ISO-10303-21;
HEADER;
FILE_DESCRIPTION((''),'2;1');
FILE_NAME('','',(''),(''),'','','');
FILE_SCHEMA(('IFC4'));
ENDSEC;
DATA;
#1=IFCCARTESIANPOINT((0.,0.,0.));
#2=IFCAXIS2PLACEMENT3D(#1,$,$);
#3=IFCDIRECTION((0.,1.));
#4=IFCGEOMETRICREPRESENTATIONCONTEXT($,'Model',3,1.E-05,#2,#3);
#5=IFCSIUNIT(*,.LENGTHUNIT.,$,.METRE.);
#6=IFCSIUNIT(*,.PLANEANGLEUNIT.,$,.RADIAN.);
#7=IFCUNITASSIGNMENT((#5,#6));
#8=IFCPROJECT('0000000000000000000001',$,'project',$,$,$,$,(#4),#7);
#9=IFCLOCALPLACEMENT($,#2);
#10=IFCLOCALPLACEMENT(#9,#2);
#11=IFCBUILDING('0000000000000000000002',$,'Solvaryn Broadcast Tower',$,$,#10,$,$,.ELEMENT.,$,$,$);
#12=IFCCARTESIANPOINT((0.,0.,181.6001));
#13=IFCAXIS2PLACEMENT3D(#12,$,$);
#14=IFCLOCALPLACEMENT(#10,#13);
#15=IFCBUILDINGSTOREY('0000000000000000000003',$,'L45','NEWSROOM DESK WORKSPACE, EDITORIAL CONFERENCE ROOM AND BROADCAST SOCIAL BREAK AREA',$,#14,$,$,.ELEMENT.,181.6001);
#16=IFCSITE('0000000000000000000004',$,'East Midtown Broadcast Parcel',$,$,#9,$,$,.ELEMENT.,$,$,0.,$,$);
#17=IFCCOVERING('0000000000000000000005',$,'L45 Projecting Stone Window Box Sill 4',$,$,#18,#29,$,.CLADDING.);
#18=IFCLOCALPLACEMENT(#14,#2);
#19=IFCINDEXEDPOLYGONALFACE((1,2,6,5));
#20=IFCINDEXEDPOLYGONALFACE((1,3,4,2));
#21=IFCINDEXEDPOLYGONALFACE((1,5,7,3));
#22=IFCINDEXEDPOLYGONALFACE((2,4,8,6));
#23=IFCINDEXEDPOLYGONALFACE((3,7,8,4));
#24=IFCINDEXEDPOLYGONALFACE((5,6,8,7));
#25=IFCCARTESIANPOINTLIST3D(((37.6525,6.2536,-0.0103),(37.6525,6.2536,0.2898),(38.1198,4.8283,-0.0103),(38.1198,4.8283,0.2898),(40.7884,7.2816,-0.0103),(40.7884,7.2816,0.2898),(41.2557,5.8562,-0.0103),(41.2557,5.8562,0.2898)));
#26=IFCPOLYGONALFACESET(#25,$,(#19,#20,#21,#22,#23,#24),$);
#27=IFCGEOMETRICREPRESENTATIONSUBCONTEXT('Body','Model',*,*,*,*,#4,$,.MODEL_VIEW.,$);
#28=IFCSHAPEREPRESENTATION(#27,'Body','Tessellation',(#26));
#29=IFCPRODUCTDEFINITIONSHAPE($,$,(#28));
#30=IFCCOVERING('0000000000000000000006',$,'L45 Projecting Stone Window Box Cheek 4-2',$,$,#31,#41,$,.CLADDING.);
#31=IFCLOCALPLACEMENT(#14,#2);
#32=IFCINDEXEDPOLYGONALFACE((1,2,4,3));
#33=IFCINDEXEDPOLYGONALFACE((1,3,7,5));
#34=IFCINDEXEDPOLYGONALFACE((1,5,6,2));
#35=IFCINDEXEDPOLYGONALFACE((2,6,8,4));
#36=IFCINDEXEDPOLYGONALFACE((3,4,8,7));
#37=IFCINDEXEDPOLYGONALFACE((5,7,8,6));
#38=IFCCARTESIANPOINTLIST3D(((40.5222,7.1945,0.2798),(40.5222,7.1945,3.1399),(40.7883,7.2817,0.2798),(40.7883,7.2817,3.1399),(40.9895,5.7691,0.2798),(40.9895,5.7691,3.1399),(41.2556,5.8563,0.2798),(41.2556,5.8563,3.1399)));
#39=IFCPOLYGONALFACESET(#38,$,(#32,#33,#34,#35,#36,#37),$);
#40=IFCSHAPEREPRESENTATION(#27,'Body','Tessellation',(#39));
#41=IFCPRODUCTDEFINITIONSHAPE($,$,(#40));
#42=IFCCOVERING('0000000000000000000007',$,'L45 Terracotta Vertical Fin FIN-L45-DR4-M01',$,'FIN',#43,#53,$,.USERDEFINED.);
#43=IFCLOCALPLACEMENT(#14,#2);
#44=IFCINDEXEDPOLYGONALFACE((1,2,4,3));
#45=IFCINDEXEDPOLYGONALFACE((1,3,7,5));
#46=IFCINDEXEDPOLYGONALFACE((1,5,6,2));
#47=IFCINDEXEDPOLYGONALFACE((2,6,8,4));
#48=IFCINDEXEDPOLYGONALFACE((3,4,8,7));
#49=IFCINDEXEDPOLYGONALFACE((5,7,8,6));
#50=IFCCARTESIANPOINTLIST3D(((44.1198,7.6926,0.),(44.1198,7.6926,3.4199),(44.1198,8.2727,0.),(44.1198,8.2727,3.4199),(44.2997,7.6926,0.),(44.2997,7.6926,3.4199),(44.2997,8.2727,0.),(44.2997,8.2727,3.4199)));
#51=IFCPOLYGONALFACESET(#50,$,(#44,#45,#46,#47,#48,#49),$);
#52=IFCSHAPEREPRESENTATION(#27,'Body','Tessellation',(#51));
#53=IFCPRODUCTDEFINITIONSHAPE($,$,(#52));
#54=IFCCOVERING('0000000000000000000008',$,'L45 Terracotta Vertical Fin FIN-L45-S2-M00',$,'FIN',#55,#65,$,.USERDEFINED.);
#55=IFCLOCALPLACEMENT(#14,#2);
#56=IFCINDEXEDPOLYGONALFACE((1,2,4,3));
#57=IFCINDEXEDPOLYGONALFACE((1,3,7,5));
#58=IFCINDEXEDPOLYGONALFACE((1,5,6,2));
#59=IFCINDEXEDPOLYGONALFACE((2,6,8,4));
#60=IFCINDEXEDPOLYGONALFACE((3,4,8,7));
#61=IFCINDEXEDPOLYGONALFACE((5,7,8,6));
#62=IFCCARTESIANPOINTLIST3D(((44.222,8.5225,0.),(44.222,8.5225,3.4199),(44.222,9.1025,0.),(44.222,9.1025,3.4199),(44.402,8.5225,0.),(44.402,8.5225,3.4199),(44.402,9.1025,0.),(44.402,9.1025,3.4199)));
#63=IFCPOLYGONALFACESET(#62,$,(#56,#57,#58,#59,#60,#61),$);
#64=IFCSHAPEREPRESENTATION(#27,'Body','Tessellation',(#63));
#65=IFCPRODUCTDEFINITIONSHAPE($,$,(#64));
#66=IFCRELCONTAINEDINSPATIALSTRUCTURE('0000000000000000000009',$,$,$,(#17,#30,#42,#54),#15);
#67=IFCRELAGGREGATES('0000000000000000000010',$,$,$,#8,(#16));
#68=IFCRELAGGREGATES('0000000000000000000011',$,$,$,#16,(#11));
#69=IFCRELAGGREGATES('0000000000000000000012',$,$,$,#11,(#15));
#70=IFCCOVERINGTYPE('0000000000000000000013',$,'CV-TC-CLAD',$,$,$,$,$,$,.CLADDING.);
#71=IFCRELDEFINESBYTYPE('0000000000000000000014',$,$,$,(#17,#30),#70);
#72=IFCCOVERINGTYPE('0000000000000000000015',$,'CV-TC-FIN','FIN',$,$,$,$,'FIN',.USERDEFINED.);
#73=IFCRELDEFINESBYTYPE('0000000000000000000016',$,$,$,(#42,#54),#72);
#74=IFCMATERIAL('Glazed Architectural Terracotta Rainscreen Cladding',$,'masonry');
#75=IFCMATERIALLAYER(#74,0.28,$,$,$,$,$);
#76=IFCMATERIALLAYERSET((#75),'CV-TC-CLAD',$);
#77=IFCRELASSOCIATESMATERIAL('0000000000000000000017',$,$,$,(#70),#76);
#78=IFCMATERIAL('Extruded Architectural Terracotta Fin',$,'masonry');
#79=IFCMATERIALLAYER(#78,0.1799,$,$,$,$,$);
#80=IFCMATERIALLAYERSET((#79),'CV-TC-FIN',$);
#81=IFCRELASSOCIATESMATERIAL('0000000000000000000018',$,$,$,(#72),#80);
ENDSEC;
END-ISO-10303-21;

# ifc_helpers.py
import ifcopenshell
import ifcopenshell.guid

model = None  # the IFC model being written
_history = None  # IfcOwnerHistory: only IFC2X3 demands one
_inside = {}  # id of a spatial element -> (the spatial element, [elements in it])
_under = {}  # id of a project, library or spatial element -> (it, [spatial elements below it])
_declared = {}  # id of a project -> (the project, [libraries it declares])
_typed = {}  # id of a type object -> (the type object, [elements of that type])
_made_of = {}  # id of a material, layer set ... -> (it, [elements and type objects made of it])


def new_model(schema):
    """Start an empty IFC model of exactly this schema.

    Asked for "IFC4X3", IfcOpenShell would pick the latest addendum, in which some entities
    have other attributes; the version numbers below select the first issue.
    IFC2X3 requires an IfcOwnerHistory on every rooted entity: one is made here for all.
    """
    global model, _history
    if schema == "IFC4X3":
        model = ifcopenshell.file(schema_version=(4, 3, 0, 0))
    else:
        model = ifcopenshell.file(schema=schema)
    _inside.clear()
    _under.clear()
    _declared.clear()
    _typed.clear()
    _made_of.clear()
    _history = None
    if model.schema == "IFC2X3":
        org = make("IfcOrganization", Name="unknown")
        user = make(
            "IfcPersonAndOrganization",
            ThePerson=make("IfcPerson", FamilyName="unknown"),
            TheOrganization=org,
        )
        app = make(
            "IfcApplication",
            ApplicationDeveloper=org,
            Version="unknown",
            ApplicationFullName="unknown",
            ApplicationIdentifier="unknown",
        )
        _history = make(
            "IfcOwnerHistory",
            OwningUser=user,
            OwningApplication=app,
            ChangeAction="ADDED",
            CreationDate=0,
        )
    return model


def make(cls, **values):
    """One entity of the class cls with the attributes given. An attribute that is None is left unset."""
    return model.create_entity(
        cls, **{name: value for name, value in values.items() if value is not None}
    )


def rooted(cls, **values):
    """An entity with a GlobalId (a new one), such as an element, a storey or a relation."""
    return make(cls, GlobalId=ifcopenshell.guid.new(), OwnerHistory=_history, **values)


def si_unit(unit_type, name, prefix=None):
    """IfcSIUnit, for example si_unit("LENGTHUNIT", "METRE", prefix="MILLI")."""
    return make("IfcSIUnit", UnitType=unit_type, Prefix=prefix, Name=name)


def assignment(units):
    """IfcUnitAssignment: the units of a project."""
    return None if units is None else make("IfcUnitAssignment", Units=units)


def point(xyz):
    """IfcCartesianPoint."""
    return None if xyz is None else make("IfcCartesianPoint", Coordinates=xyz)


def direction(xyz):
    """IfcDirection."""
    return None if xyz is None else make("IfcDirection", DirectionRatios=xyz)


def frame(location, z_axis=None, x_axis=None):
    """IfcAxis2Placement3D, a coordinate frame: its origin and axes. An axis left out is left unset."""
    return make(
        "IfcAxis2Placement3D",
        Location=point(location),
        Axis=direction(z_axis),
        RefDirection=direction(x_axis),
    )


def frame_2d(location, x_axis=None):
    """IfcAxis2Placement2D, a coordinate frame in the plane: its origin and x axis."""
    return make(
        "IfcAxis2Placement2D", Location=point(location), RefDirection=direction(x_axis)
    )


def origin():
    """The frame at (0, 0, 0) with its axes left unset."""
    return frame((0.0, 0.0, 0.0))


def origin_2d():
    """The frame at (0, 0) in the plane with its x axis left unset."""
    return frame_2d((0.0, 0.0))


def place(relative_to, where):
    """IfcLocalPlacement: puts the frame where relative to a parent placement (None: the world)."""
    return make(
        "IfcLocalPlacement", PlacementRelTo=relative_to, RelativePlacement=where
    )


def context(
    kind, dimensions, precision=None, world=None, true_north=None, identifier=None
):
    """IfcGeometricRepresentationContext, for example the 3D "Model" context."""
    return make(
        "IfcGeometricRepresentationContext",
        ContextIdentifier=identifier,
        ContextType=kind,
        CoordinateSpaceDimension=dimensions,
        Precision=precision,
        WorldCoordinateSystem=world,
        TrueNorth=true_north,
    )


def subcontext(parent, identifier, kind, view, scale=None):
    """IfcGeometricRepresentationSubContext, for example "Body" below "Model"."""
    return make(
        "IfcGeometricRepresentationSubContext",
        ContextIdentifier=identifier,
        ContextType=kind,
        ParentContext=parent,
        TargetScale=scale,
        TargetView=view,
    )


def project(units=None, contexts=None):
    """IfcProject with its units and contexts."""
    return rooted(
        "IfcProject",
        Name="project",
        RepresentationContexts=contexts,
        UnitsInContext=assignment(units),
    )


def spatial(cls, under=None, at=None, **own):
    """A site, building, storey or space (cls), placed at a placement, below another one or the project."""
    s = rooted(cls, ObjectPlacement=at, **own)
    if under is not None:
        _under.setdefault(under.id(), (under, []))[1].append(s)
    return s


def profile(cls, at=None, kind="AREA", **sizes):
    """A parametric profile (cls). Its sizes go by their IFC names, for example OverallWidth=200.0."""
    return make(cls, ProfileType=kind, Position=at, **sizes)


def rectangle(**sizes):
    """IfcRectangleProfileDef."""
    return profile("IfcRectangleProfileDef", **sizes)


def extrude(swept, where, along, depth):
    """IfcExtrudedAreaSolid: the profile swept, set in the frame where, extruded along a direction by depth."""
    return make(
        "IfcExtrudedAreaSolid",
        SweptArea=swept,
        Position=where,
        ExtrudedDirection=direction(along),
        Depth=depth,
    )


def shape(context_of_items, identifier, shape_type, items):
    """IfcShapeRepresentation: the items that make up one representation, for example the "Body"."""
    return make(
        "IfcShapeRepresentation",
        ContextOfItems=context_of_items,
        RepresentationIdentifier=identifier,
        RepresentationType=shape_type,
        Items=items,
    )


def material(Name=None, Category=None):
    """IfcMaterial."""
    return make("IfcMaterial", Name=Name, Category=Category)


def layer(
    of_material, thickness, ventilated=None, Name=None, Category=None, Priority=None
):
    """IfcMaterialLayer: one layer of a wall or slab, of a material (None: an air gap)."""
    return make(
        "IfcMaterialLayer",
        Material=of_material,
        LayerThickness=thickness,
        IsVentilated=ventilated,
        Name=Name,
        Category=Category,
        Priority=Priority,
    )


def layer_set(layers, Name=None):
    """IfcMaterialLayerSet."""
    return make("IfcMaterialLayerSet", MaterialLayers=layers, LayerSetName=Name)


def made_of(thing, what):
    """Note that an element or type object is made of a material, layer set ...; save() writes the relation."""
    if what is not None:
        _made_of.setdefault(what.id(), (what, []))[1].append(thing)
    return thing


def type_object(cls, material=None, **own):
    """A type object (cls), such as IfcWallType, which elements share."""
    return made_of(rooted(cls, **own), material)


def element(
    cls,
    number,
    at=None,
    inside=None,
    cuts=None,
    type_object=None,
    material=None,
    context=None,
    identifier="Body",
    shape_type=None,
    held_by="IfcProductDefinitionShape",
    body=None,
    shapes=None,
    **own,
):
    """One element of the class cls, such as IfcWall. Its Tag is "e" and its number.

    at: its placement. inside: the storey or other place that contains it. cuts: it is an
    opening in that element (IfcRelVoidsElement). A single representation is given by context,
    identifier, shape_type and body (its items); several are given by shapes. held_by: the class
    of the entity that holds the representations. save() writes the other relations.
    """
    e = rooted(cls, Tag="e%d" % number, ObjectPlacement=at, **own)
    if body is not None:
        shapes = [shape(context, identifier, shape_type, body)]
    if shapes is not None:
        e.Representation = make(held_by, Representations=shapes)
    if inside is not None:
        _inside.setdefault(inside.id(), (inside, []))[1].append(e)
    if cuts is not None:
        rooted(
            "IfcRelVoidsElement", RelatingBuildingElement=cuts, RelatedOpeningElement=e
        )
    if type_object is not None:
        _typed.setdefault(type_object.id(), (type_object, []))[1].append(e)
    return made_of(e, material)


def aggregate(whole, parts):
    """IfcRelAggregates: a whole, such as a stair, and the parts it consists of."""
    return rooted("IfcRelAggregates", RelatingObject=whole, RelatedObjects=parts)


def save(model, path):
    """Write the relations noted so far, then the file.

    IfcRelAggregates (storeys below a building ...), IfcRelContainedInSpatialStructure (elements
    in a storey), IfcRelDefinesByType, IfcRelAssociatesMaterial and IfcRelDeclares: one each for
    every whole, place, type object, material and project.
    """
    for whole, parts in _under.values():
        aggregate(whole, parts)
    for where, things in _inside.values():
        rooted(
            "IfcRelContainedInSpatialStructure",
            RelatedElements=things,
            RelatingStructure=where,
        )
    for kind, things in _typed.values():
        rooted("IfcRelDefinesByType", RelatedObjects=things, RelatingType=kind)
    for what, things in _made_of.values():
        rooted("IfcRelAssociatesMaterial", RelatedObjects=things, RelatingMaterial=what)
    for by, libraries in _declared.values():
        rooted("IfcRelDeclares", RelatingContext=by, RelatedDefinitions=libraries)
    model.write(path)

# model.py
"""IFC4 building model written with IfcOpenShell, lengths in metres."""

from ifc_helpers import new_model, si_unit, direction, frame, origin, origin_2d, place, context, subcontext, project, spatial, rectangle, extrude, material, layer, layer_set, type_object, element, save


model = new_model("IFC4")

# Units and contexts
model_context = context("Model", 3, precision=1e-05, world=origin(), true_north=direction((0.0, 1.0)))
body_context = subcontext(model_context, "Body", "Model", "MODEL_VIEW")
ifc_project = project(units=[si_unit("LENGTHUNIT", "METRE"), si_unit("PLANEANGLEUNIT", "RADIAN")], contexts=[model_context])

# Site, building, storey
site_placement = place(None, origin())
site = spatial("IfcSite", under=ifc_project, at=site_placement, Name="East Midtown Broadcast Parcel", CompositionType="ELEMENT", RefElevation=0.0)
building_placement = place(site_placement, origin())
building = spatial("IfcBuilding", under=site, at=building_placement, Name="Solvaryn Broadcast Tower", CompositionType="ELEMENT")
storey_placement = place(building_placement, frame((0.0, 0.0, 181.6001)))
storey = spatial("IfcBuildingStorey", under=building, at=storey_placement, Name="L45", Description="NEWSROOM DESK WORKSPACE, EDITORIAL CONFERENCE ROOM AND BROADCAST SOCIAL BREAK AREA", CompositionType="ELEMENT", Elevation=181.6001)

# Coverings
ifc_material_1 = material(Name="Glazed Architectural Terracotta Rainscreen Cladding", Category="masonry")
ifc_layer_1 = layer(ifc_material_1, 0.28)
ifc_layer_set_1 = layer_set([ifc_layer_1], Name="CV-TC-CLAD")
covering_type_1 = type_object("IfcCoveringType", Name="CV-TC-CLAD", PredefinedType="CLADDING", material=ifc_layer_set_1)
covering_1_placement = place(storey_placement, frame((39.4541, 6.0549, -0.0103), z_axis=(0.0, 0.0, 1.0), x_axis=(0.950244, 0.311506, 0.0)))
element("IfcCovering", 1, at=covering_1_placement, inside=storey, type_object=covering_type_1, Name="L45 Projecting Stone Window Box Sill 4", PredefinedType="CLADDING", context=body_context, shape_type="SweptSolid", body=[
    extrude(rectangle(XDim=3.3, YDim=1.5, at=origin_2d()), origin(), (0.0, 0.0, 1.0), 0.3),
])
covering_2_placement = place(storey_placement, frame((40.8889, 6.5254, 0.2798), z_axis=(0.0, 0.0, 1.0), x_axis=(0.950244, 0.311506, 0.0)))
element("IfcCovering", 2, at=covering_2_placement, inside=storey, type_object=covering_type_1, Name="L45 Projecting Stone Window Box Cheek 4-2", PredefinedType="CLADDING", context=body_context, shape_type="SweptSolid", body=[
    extrude(rectangle(XDim=0.28, YDim=1.5, at=origin_2d()), origin(), (0.0, 0.0, 1.0), 2.8601),
])
ifc_material_2 = material(Name="Extruded Architectural Terracotta Fin", Category="masonry")
ifc_layer_2 = layer(ifc_material_2, 0.1799)
ifc_layer_set_2 = layer_set([ifc_layer_2], Name="CV-TC-FIN")
covering_type_2 = type_object("IfcCoveringType", Name="CV-TC-FIN", Description="FIN", ElementType="FIN", PredefinedType="USERDEFINED", material=ifc_layer_set_2)
for number, where, z_axis, x_axis, name in (
    (3, (44.2097, 7.9827, 0.0), (0.0, 0.0, 1.0), (1.0, 0.0, 0.0), "L45 Terracotta Vertical Fin FIN-L45-DR4-M01"),
    (4, (44.312, 8.8125, 0.0), (0.0, 0.0, 1.0), (1.0, 0.0, 0.0), "L45 Terracotta Vertical Fin FIN-L45-S2-M00"),
):
    element("IfcCovering", number, at=place(storey_placement, frame(where, z_axis=z_axis, x_axis=x_axis)), inside=storey, type_object=covering_type_2, Name=name, ObjectType="FIN", PredefinedType="USERDEFINED", context=body_context, shape_type="SweptSolid", body=[
        extrude(rectangle(XDim=0.1799, YDim=0.5801, at=origin_2d()), origin(), (0.0, 0.0, 1.0), 3.4199),
    ])

save(model, "model.ifc")
